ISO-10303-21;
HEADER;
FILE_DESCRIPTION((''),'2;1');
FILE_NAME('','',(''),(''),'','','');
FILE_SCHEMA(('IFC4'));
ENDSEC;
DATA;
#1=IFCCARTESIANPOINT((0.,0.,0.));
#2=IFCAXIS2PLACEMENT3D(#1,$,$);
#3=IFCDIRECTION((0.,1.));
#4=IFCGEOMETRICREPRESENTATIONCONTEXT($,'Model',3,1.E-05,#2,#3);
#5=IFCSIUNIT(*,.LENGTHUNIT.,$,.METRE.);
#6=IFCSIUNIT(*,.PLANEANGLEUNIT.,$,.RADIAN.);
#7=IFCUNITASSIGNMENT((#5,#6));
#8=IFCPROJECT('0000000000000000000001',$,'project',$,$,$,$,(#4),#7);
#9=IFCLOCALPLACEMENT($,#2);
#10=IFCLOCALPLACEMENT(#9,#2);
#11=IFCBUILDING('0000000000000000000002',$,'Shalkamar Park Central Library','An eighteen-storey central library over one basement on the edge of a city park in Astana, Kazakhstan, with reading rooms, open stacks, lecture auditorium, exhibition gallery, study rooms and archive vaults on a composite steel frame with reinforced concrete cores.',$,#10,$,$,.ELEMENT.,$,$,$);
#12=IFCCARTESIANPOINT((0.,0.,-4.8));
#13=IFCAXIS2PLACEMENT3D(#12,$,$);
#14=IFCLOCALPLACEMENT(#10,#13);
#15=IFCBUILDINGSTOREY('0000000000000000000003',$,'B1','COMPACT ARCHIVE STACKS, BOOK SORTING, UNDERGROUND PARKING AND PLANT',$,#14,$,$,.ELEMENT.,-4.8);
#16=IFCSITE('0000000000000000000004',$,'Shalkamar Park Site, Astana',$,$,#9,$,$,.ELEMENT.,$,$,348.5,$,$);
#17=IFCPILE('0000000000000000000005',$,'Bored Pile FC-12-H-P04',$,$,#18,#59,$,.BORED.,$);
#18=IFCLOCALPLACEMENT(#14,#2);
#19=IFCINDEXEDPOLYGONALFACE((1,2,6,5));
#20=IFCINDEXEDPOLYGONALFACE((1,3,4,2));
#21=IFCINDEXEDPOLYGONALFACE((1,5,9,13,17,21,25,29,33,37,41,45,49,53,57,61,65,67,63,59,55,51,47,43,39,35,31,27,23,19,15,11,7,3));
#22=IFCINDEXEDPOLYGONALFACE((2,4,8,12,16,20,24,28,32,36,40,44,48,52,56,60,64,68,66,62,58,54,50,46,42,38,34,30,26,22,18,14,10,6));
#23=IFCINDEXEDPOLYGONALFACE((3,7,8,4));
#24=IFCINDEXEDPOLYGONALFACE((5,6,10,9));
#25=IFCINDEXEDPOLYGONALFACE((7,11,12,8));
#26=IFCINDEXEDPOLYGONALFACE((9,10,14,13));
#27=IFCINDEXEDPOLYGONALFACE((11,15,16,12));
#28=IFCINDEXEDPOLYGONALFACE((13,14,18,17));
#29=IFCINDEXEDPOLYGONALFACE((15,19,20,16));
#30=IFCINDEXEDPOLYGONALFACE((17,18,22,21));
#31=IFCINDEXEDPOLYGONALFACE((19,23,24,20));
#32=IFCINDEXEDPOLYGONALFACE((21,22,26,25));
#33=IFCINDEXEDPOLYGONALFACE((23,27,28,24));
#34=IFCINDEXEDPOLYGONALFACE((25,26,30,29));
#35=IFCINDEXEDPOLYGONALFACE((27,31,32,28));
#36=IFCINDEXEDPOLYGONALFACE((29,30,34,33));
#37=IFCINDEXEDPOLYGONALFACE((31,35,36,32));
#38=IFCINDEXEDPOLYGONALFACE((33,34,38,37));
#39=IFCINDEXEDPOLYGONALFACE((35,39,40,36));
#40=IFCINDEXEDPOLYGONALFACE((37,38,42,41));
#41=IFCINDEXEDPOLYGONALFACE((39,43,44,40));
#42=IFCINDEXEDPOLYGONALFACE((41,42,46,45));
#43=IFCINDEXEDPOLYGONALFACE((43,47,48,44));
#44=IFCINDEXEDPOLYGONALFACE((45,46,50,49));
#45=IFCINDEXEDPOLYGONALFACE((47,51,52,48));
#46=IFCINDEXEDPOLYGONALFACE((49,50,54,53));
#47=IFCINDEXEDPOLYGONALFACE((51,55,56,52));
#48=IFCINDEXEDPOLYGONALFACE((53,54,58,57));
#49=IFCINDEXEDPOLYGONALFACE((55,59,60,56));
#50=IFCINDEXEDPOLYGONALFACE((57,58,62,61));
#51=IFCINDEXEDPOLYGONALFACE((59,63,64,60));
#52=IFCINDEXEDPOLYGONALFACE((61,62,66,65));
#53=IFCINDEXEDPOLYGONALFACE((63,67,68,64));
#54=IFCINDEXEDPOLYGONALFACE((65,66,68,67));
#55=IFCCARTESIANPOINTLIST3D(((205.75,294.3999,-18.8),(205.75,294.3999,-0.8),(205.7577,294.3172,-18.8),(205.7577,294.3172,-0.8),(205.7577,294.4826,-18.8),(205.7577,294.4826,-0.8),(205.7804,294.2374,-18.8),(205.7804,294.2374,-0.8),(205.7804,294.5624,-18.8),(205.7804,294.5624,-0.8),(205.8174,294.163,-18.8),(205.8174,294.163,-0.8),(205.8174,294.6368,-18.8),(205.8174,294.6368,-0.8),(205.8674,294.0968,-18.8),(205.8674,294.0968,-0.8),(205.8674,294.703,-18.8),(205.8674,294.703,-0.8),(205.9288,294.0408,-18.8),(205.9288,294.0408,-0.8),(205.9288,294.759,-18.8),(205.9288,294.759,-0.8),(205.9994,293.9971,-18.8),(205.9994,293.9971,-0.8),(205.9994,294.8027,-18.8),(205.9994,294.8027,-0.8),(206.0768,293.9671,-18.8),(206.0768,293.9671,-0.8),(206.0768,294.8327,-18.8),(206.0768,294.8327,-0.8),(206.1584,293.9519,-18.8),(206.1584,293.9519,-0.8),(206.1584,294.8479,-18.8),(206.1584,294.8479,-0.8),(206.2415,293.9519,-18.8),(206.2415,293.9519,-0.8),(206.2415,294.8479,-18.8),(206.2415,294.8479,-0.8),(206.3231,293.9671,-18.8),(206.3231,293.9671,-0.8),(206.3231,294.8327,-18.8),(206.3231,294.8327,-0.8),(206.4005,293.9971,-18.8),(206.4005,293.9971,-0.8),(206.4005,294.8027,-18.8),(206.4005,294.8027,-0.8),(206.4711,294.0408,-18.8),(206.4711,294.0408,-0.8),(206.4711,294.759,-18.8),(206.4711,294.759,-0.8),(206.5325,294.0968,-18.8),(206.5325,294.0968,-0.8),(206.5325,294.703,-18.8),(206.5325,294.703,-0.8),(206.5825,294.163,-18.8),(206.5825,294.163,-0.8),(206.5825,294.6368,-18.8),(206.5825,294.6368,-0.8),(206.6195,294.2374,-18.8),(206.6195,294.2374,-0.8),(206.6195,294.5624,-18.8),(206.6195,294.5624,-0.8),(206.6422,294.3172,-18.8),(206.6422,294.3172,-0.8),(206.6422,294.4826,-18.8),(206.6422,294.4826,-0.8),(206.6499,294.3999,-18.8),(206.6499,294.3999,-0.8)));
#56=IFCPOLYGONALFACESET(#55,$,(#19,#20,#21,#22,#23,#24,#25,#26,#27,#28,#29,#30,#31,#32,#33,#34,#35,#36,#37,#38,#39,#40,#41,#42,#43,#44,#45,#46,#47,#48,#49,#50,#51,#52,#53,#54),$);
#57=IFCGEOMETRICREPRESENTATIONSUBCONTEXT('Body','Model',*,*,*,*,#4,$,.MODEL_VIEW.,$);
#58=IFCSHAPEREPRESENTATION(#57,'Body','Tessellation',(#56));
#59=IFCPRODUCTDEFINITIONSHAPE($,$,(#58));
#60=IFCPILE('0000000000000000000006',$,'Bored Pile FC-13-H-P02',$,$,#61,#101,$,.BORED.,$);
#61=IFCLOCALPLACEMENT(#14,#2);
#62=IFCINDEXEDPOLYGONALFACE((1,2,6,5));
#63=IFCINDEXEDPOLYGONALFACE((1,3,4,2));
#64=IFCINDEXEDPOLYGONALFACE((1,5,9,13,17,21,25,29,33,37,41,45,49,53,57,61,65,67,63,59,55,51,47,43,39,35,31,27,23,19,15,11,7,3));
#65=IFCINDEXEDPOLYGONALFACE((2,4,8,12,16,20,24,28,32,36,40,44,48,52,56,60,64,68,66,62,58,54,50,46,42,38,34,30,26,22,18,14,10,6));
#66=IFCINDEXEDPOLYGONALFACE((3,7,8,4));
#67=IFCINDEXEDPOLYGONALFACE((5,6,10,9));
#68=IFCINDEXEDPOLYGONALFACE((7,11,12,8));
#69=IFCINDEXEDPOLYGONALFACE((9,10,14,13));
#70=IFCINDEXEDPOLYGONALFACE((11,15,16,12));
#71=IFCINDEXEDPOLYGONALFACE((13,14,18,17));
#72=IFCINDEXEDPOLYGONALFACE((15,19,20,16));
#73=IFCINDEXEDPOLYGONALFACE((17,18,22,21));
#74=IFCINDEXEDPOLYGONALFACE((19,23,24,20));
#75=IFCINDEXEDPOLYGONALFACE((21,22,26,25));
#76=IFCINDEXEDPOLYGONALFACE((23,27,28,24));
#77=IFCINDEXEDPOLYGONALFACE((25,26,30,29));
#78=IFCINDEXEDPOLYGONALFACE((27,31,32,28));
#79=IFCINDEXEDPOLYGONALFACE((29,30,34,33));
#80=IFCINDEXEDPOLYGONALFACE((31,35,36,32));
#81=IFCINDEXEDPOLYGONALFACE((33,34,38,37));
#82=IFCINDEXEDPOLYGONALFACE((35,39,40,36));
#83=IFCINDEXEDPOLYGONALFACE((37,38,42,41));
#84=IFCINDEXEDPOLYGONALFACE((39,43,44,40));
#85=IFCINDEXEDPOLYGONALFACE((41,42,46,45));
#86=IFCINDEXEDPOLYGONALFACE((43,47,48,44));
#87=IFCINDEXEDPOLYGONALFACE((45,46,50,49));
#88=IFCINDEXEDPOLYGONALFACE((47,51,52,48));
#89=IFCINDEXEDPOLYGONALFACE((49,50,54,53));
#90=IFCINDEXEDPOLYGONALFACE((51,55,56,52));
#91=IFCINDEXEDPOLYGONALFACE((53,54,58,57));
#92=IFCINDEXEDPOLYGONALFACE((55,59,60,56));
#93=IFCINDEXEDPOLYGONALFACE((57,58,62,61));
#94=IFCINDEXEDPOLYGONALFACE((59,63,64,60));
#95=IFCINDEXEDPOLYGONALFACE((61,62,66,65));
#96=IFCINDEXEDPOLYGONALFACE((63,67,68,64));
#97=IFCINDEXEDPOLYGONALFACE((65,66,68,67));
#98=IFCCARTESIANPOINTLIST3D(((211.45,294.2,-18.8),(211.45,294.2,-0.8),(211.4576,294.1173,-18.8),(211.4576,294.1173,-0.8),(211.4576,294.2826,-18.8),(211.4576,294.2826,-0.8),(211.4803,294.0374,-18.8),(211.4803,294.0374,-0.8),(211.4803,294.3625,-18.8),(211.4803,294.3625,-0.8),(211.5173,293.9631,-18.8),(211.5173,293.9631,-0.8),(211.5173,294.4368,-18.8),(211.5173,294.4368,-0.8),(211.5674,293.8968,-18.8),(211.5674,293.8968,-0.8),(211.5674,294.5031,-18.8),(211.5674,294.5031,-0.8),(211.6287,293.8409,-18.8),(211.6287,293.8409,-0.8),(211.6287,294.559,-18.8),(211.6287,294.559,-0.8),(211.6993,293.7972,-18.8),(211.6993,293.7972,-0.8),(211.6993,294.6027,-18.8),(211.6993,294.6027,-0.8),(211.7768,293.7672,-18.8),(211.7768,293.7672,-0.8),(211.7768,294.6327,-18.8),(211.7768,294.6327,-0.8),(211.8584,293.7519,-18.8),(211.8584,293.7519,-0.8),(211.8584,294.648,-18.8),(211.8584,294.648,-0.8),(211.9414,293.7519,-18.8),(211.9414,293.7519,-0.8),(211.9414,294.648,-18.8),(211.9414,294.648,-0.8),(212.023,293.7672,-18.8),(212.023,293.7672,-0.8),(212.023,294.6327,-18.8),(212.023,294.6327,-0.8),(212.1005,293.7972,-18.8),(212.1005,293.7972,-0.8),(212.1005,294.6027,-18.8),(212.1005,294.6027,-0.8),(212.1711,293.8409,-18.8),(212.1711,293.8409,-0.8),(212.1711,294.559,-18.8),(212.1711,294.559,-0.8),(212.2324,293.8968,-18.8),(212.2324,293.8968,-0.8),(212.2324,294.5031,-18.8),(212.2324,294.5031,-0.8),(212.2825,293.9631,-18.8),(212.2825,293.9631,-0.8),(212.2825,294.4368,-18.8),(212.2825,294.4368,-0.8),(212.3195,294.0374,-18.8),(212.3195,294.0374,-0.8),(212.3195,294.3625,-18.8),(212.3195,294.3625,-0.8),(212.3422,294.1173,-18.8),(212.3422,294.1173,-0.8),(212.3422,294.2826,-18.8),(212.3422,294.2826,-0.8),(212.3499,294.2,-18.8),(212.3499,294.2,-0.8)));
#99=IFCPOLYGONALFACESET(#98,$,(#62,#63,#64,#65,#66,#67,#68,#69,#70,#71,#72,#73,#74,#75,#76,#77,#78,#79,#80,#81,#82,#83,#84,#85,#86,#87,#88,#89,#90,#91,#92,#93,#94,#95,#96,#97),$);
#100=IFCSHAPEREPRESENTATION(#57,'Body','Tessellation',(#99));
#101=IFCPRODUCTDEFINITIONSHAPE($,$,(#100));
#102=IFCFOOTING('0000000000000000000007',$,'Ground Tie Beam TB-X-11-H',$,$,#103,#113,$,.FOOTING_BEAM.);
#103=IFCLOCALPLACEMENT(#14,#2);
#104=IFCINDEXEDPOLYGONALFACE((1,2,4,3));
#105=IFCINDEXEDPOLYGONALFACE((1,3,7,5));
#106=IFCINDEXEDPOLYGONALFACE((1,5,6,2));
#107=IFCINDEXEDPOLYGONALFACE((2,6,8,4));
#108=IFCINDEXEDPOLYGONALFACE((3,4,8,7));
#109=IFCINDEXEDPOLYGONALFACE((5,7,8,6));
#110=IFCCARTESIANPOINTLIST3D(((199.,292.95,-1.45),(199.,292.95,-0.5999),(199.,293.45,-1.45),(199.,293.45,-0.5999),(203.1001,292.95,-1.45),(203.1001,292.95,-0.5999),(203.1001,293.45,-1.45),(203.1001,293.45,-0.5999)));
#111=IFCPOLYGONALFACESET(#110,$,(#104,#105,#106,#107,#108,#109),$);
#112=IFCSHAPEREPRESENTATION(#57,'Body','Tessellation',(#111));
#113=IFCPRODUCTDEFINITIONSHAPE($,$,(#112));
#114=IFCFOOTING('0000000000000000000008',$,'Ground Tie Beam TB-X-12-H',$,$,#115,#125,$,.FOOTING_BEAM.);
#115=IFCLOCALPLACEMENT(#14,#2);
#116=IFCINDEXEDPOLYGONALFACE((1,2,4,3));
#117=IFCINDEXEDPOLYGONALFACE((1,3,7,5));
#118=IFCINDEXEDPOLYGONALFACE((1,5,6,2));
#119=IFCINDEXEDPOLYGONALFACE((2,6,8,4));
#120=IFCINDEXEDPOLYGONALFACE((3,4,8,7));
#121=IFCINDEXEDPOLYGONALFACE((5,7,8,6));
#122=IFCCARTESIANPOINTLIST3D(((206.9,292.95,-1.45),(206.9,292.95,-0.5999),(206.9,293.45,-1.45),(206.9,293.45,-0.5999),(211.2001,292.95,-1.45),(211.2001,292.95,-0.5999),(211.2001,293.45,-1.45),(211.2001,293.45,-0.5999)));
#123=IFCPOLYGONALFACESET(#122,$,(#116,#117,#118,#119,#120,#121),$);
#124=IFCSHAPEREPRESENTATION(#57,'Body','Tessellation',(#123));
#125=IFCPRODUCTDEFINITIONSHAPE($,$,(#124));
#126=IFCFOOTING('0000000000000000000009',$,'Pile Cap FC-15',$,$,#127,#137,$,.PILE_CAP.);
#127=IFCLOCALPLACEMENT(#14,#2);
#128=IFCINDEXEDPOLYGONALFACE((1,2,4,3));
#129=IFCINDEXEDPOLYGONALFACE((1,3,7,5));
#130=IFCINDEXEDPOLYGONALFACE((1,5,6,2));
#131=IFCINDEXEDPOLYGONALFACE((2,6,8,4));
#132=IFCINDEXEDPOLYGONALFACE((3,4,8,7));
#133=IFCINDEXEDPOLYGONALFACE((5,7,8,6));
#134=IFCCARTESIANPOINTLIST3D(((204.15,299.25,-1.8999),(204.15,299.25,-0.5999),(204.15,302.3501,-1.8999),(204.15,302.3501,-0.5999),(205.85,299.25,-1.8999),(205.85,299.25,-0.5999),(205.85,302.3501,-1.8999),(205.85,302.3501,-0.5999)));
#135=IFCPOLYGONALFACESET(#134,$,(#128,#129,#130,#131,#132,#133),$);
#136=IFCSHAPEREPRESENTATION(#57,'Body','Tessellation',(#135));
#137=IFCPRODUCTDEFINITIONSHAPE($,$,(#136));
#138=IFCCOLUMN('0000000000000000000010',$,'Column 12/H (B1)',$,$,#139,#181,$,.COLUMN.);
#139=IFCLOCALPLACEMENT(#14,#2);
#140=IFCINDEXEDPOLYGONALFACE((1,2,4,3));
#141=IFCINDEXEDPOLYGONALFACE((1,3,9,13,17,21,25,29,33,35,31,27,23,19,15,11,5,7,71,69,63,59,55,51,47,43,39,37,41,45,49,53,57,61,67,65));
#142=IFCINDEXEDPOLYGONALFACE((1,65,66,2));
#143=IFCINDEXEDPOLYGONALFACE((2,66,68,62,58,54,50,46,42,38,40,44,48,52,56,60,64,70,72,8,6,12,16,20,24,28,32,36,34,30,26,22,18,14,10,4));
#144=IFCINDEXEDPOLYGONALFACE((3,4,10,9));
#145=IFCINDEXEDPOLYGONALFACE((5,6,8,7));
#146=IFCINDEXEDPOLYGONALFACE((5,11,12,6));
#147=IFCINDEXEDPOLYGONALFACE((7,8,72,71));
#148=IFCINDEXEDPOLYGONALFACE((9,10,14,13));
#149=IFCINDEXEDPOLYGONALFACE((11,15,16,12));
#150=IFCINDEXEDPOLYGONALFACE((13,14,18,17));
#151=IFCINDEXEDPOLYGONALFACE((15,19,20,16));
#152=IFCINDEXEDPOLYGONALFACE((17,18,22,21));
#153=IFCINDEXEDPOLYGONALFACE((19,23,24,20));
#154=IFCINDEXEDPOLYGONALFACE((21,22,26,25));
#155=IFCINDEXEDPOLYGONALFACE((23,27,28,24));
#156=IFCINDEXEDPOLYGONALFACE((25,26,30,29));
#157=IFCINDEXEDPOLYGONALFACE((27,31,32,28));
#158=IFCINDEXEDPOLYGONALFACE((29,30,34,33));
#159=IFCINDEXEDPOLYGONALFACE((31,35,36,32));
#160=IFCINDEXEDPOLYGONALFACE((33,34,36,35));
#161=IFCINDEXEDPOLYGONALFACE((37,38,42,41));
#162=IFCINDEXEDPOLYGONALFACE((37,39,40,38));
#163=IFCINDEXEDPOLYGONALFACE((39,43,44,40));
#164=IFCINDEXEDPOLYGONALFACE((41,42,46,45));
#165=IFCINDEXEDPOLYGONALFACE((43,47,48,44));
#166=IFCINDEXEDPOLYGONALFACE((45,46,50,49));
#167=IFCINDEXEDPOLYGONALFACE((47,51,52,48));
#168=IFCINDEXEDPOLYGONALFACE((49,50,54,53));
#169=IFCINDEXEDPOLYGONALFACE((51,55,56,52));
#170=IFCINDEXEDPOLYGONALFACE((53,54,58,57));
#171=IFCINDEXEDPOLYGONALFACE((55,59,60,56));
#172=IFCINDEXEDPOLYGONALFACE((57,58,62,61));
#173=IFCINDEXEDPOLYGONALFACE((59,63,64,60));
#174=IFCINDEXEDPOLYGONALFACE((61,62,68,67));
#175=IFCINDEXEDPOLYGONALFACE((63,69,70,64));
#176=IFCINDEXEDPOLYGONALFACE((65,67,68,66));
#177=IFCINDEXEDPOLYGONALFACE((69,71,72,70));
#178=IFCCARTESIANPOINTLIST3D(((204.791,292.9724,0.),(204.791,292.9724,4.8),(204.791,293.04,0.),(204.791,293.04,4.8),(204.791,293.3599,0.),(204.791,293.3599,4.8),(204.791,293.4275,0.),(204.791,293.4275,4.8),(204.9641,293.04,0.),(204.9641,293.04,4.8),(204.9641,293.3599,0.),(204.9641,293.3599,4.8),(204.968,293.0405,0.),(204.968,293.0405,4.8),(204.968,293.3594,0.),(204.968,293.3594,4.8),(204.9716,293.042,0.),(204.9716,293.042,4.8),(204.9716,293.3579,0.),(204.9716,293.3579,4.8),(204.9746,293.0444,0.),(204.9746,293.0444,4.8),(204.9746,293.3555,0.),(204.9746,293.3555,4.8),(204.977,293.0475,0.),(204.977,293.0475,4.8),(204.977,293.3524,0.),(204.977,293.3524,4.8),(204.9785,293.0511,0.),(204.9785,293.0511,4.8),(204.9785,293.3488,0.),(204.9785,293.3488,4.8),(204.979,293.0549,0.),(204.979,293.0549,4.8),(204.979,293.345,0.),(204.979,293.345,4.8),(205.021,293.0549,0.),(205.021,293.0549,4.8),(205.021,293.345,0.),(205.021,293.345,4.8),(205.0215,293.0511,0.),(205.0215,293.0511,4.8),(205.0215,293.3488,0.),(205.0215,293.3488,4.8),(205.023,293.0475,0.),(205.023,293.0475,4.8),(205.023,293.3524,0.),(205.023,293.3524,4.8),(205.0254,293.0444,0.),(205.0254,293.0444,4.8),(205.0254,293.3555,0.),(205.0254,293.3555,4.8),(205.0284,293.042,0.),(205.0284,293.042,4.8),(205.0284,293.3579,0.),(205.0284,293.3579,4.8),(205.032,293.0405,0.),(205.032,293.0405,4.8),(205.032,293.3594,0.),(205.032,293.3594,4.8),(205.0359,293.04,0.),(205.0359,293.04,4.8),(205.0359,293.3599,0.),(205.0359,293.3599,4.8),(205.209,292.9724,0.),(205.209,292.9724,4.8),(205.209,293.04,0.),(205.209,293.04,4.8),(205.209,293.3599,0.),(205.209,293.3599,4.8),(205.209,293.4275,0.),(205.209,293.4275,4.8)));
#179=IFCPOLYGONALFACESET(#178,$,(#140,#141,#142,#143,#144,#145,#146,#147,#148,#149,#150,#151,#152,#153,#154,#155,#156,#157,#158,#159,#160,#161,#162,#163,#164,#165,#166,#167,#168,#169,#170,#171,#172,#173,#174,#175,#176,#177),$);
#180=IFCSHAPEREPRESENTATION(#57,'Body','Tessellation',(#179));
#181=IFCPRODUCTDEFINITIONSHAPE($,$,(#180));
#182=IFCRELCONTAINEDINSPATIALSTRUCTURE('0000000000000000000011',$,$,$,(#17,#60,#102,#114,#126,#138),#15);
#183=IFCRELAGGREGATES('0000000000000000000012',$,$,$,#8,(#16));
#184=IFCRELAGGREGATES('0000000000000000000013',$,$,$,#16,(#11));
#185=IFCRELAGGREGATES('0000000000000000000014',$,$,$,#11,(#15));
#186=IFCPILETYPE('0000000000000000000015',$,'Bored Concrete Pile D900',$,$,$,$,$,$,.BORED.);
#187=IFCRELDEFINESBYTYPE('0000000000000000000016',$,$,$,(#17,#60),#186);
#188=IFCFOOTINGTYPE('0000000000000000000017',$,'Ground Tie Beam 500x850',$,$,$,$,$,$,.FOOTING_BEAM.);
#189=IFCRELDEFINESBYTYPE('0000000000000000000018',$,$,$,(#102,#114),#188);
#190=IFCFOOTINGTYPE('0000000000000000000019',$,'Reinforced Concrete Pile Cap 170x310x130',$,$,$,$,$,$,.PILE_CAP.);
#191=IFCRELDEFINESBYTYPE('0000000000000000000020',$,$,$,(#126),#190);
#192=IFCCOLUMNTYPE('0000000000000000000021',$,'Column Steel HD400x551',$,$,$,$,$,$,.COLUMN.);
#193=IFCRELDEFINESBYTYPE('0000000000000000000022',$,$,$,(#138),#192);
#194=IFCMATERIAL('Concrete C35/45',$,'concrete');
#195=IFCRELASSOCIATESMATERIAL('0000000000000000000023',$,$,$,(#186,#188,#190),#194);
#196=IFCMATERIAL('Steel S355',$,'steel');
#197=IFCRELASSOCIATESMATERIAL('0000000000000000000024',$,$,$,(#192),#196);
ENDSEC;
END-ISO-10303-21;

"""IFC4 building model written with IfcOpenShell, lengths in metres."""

from ifc_helpers import new_model, si_unit, direction, frame, origin, origin_2d, place, context, subcontext, project, spatial, rectangle, circle, i_section, extrude, material, material_profile, profile_set, type_object, element, save


model = new_model("IFC4")

# Units and contexts
model_context = context("Model", 3, precision=1e-05, world=origin(), true_north=direction((0.0, 1.0)))
body_context = subcontext(model_context, "Body", "Model", "MODEL_VIEW")
ifc_project = project(units=[si_unit("LENGTHUNIT", "METRE"), si_unit("PLANEANGLEUNIT", "RADIAN")], contexts=[model_context])

# Site, building, storey
site_placement = place(None, origin())
site = spatial("IfcSite", under=ifc_project, at=site_placement, Name="Shalkamar Park Site, Astana", CompositionType="ELEMENT", RefElevation=348.5)
building_placement = place(site_placement, origin())
building = spatial("IfcBuilding", under=site, at=building_placement, Name="Shalkamar Park Central Library", Description="An eighteen-storey central library over one basement on the edge of a city park in Astana, Kazakhstan, with reading rooms, open stacks, lecture auditorium, exhibition gallery, study rooms and archive vaults on a composite steel frame with reinforced concrete cores.", CompositionType="ELEMENT")
storey_placement = place(building_placement, frame((0.0, 0.0, -4.8)))
storey = spatial("IfcBuildingStorey", under=building, at=storey_placement, Name="B1", Description="COMPACT ARCHIVE STACKS, BOOK SORTING, UNDERGROUND PARKING AND PLANT", CompositionType="ELEMENT", Elevation=-4.8)

# Piles
ifc_material_1 = material(Name="Concrete C35/45", Category="concrete")
ifc_material_profile_1 = material_profile(ifc_material_1, circle(Radius=0.45, at=origin_2d()), Name="PILE D900")
ifc_profile_set_1 = profile_set([ifc_material_profile_1], Name="Concrete C35/45")
pile_type_1 = type_object("IfcPileType", Name="Bored Concrete Pile D900", PredefinedType="BORED", material=ifc_profile_set_1)
for number, where, z_axis, x_axis, name in (
    (1, (206.2, 294.3999, -0.8), (0.0, 0.0, -1.0), (1.0, 0.0, 0.0), "Bored Pile FC-12-H-P04"),
    (2, (211.8999, 294.2, -0.8), (0.0, 0.0, -1.0), (1.0, 0.0, 0.0), "Bored Pile FC-13-H-P02"),
):
    element("IfcPile", number, at=place(storey_placement, frame(where, z_axis=z_axis, x_axis=x_axis)), inside=storey, type_object=pile_type_1, Name=name, PredefinedType="BORED", context=body_context, shape_type="SweptSolid", body=[
        extrude(circle(Radius=0.45, at=origin_2d()), origin(), (0.0, 0.0, 1.0), 18.0),
    ])

# Footings
footing_type_1 = type_object("IfcFootingType", Name="Ground Tie Beam 500x850", PredefinedType="FOOTING_BEAM", material=ifc_material_1)
footing_1_placement = place(storey_placement, frame((201.05, 293.2, -1.45), z_axis=(0.0, 0.0, 1.0), x_axis=(1.0, 0.0, 0.0)))
element("IfcFooting", 3, at=footing_1_placement, inside=storey, type_object=footing_type_1, Name="Ground Tie Beam TB-X-11-H", PredefinedType="FOOTING_BEAM", context=body_context, shape_type="SweptSolid", body=[
    extrude(rectangle(XDim=4.1001, YDim=0.5, at=origin_2d()), origin(), (0.0, 0.0, 1.0), 0.8501),
])
footing_2_placement = place(storey_placement, frame((209.05, 293.2, -1.45), z_axis=(0.0, 0.0, 1.0), x_axis=(1.0, 0.0, 0.0)))
element("IfcFooting", 4, at=footing_2_placement, inside=storey, type_object=footing_type_1, Name="Ground Tie Beam TB-X-12-H", PredefinedType="FOOTING_BEAM", context=body_context, shape_type="SweptSolid", body=[
    extrude(rectangle(XDim=4.3, YDim=0.5, at=origin_2d()), origin(), (0.0, 0.0, 1.0), 0.8501),
])
footing_type_2 = type_object("IfcFootingType", Name="Reinforced Concrete Pile Cap 170x310x130", PredefinedType="PILE_CAP", material=ifc_material_1)
footing_3_placement = place(storey_placement, frame((205.0, 300.8, -1.8999), z_axis=(0.0, 0.0, 1.0), x_axis=(1.0, 0.0, 0.0)))
element("IfcFooting", 5, at=footing_3_placement, inside=storey, type_object=footing_type_2, Name="Pile Cap FC-15", PredefinedType="PILE_CAP", context=body_context, shape_type="SweptSolid", body=[
    extrude(rectangle(XDim=1.7, YDim=3.1001, at=origin_2d()), origin(), (0.0, 0.0, 1.0), 1.3),
])

# Column
ifc_material_2 = material(Name="Steel S355", Category="steel")
ifc_material_profile_2 = material_profile(ifc_material_2, i_section(OverallWidth=0.418, OverallDepth=0.4551, WebThickness=0.042, FlangeThickness=0.0676, FilletRadius=0.0149, at=origin_2d()), Name="HD 400x551")
ifc_profile_set_2 = profile_set([ifc_material_profile_2], Name="Steel S355")
column_type_1 = type_object("IfcColumnType", Name="Column Steel HD400x551", PredefinedType="COLUMN", material=ifc_profile_set_2)
column_1_placement = place(storey_placement, frame((205.0, 293.2, 0.0), z_axis=(0.0, 0.0, 1.0), x_axis=(1.0, 0.0, 0.0)))
element("IfcColumn", 6, at=column_1_placement, inside=storey, type_object=column_type_1, Name="Column 12/H (B1)", PredefinedType="COLUMN", context=body_context, shape_type="SweptSolid", body=[
    extrude(i_section(OverallWidth=0.418, OverallDepth=0.4551, WebThickness=0.042, FlangeThickness=0.0676, FilletRadius=0.0149, at=origin_2d()), origin(), (0.0, 0.0, 1.0), 4.8),
])

save(model, "model.ifc")
